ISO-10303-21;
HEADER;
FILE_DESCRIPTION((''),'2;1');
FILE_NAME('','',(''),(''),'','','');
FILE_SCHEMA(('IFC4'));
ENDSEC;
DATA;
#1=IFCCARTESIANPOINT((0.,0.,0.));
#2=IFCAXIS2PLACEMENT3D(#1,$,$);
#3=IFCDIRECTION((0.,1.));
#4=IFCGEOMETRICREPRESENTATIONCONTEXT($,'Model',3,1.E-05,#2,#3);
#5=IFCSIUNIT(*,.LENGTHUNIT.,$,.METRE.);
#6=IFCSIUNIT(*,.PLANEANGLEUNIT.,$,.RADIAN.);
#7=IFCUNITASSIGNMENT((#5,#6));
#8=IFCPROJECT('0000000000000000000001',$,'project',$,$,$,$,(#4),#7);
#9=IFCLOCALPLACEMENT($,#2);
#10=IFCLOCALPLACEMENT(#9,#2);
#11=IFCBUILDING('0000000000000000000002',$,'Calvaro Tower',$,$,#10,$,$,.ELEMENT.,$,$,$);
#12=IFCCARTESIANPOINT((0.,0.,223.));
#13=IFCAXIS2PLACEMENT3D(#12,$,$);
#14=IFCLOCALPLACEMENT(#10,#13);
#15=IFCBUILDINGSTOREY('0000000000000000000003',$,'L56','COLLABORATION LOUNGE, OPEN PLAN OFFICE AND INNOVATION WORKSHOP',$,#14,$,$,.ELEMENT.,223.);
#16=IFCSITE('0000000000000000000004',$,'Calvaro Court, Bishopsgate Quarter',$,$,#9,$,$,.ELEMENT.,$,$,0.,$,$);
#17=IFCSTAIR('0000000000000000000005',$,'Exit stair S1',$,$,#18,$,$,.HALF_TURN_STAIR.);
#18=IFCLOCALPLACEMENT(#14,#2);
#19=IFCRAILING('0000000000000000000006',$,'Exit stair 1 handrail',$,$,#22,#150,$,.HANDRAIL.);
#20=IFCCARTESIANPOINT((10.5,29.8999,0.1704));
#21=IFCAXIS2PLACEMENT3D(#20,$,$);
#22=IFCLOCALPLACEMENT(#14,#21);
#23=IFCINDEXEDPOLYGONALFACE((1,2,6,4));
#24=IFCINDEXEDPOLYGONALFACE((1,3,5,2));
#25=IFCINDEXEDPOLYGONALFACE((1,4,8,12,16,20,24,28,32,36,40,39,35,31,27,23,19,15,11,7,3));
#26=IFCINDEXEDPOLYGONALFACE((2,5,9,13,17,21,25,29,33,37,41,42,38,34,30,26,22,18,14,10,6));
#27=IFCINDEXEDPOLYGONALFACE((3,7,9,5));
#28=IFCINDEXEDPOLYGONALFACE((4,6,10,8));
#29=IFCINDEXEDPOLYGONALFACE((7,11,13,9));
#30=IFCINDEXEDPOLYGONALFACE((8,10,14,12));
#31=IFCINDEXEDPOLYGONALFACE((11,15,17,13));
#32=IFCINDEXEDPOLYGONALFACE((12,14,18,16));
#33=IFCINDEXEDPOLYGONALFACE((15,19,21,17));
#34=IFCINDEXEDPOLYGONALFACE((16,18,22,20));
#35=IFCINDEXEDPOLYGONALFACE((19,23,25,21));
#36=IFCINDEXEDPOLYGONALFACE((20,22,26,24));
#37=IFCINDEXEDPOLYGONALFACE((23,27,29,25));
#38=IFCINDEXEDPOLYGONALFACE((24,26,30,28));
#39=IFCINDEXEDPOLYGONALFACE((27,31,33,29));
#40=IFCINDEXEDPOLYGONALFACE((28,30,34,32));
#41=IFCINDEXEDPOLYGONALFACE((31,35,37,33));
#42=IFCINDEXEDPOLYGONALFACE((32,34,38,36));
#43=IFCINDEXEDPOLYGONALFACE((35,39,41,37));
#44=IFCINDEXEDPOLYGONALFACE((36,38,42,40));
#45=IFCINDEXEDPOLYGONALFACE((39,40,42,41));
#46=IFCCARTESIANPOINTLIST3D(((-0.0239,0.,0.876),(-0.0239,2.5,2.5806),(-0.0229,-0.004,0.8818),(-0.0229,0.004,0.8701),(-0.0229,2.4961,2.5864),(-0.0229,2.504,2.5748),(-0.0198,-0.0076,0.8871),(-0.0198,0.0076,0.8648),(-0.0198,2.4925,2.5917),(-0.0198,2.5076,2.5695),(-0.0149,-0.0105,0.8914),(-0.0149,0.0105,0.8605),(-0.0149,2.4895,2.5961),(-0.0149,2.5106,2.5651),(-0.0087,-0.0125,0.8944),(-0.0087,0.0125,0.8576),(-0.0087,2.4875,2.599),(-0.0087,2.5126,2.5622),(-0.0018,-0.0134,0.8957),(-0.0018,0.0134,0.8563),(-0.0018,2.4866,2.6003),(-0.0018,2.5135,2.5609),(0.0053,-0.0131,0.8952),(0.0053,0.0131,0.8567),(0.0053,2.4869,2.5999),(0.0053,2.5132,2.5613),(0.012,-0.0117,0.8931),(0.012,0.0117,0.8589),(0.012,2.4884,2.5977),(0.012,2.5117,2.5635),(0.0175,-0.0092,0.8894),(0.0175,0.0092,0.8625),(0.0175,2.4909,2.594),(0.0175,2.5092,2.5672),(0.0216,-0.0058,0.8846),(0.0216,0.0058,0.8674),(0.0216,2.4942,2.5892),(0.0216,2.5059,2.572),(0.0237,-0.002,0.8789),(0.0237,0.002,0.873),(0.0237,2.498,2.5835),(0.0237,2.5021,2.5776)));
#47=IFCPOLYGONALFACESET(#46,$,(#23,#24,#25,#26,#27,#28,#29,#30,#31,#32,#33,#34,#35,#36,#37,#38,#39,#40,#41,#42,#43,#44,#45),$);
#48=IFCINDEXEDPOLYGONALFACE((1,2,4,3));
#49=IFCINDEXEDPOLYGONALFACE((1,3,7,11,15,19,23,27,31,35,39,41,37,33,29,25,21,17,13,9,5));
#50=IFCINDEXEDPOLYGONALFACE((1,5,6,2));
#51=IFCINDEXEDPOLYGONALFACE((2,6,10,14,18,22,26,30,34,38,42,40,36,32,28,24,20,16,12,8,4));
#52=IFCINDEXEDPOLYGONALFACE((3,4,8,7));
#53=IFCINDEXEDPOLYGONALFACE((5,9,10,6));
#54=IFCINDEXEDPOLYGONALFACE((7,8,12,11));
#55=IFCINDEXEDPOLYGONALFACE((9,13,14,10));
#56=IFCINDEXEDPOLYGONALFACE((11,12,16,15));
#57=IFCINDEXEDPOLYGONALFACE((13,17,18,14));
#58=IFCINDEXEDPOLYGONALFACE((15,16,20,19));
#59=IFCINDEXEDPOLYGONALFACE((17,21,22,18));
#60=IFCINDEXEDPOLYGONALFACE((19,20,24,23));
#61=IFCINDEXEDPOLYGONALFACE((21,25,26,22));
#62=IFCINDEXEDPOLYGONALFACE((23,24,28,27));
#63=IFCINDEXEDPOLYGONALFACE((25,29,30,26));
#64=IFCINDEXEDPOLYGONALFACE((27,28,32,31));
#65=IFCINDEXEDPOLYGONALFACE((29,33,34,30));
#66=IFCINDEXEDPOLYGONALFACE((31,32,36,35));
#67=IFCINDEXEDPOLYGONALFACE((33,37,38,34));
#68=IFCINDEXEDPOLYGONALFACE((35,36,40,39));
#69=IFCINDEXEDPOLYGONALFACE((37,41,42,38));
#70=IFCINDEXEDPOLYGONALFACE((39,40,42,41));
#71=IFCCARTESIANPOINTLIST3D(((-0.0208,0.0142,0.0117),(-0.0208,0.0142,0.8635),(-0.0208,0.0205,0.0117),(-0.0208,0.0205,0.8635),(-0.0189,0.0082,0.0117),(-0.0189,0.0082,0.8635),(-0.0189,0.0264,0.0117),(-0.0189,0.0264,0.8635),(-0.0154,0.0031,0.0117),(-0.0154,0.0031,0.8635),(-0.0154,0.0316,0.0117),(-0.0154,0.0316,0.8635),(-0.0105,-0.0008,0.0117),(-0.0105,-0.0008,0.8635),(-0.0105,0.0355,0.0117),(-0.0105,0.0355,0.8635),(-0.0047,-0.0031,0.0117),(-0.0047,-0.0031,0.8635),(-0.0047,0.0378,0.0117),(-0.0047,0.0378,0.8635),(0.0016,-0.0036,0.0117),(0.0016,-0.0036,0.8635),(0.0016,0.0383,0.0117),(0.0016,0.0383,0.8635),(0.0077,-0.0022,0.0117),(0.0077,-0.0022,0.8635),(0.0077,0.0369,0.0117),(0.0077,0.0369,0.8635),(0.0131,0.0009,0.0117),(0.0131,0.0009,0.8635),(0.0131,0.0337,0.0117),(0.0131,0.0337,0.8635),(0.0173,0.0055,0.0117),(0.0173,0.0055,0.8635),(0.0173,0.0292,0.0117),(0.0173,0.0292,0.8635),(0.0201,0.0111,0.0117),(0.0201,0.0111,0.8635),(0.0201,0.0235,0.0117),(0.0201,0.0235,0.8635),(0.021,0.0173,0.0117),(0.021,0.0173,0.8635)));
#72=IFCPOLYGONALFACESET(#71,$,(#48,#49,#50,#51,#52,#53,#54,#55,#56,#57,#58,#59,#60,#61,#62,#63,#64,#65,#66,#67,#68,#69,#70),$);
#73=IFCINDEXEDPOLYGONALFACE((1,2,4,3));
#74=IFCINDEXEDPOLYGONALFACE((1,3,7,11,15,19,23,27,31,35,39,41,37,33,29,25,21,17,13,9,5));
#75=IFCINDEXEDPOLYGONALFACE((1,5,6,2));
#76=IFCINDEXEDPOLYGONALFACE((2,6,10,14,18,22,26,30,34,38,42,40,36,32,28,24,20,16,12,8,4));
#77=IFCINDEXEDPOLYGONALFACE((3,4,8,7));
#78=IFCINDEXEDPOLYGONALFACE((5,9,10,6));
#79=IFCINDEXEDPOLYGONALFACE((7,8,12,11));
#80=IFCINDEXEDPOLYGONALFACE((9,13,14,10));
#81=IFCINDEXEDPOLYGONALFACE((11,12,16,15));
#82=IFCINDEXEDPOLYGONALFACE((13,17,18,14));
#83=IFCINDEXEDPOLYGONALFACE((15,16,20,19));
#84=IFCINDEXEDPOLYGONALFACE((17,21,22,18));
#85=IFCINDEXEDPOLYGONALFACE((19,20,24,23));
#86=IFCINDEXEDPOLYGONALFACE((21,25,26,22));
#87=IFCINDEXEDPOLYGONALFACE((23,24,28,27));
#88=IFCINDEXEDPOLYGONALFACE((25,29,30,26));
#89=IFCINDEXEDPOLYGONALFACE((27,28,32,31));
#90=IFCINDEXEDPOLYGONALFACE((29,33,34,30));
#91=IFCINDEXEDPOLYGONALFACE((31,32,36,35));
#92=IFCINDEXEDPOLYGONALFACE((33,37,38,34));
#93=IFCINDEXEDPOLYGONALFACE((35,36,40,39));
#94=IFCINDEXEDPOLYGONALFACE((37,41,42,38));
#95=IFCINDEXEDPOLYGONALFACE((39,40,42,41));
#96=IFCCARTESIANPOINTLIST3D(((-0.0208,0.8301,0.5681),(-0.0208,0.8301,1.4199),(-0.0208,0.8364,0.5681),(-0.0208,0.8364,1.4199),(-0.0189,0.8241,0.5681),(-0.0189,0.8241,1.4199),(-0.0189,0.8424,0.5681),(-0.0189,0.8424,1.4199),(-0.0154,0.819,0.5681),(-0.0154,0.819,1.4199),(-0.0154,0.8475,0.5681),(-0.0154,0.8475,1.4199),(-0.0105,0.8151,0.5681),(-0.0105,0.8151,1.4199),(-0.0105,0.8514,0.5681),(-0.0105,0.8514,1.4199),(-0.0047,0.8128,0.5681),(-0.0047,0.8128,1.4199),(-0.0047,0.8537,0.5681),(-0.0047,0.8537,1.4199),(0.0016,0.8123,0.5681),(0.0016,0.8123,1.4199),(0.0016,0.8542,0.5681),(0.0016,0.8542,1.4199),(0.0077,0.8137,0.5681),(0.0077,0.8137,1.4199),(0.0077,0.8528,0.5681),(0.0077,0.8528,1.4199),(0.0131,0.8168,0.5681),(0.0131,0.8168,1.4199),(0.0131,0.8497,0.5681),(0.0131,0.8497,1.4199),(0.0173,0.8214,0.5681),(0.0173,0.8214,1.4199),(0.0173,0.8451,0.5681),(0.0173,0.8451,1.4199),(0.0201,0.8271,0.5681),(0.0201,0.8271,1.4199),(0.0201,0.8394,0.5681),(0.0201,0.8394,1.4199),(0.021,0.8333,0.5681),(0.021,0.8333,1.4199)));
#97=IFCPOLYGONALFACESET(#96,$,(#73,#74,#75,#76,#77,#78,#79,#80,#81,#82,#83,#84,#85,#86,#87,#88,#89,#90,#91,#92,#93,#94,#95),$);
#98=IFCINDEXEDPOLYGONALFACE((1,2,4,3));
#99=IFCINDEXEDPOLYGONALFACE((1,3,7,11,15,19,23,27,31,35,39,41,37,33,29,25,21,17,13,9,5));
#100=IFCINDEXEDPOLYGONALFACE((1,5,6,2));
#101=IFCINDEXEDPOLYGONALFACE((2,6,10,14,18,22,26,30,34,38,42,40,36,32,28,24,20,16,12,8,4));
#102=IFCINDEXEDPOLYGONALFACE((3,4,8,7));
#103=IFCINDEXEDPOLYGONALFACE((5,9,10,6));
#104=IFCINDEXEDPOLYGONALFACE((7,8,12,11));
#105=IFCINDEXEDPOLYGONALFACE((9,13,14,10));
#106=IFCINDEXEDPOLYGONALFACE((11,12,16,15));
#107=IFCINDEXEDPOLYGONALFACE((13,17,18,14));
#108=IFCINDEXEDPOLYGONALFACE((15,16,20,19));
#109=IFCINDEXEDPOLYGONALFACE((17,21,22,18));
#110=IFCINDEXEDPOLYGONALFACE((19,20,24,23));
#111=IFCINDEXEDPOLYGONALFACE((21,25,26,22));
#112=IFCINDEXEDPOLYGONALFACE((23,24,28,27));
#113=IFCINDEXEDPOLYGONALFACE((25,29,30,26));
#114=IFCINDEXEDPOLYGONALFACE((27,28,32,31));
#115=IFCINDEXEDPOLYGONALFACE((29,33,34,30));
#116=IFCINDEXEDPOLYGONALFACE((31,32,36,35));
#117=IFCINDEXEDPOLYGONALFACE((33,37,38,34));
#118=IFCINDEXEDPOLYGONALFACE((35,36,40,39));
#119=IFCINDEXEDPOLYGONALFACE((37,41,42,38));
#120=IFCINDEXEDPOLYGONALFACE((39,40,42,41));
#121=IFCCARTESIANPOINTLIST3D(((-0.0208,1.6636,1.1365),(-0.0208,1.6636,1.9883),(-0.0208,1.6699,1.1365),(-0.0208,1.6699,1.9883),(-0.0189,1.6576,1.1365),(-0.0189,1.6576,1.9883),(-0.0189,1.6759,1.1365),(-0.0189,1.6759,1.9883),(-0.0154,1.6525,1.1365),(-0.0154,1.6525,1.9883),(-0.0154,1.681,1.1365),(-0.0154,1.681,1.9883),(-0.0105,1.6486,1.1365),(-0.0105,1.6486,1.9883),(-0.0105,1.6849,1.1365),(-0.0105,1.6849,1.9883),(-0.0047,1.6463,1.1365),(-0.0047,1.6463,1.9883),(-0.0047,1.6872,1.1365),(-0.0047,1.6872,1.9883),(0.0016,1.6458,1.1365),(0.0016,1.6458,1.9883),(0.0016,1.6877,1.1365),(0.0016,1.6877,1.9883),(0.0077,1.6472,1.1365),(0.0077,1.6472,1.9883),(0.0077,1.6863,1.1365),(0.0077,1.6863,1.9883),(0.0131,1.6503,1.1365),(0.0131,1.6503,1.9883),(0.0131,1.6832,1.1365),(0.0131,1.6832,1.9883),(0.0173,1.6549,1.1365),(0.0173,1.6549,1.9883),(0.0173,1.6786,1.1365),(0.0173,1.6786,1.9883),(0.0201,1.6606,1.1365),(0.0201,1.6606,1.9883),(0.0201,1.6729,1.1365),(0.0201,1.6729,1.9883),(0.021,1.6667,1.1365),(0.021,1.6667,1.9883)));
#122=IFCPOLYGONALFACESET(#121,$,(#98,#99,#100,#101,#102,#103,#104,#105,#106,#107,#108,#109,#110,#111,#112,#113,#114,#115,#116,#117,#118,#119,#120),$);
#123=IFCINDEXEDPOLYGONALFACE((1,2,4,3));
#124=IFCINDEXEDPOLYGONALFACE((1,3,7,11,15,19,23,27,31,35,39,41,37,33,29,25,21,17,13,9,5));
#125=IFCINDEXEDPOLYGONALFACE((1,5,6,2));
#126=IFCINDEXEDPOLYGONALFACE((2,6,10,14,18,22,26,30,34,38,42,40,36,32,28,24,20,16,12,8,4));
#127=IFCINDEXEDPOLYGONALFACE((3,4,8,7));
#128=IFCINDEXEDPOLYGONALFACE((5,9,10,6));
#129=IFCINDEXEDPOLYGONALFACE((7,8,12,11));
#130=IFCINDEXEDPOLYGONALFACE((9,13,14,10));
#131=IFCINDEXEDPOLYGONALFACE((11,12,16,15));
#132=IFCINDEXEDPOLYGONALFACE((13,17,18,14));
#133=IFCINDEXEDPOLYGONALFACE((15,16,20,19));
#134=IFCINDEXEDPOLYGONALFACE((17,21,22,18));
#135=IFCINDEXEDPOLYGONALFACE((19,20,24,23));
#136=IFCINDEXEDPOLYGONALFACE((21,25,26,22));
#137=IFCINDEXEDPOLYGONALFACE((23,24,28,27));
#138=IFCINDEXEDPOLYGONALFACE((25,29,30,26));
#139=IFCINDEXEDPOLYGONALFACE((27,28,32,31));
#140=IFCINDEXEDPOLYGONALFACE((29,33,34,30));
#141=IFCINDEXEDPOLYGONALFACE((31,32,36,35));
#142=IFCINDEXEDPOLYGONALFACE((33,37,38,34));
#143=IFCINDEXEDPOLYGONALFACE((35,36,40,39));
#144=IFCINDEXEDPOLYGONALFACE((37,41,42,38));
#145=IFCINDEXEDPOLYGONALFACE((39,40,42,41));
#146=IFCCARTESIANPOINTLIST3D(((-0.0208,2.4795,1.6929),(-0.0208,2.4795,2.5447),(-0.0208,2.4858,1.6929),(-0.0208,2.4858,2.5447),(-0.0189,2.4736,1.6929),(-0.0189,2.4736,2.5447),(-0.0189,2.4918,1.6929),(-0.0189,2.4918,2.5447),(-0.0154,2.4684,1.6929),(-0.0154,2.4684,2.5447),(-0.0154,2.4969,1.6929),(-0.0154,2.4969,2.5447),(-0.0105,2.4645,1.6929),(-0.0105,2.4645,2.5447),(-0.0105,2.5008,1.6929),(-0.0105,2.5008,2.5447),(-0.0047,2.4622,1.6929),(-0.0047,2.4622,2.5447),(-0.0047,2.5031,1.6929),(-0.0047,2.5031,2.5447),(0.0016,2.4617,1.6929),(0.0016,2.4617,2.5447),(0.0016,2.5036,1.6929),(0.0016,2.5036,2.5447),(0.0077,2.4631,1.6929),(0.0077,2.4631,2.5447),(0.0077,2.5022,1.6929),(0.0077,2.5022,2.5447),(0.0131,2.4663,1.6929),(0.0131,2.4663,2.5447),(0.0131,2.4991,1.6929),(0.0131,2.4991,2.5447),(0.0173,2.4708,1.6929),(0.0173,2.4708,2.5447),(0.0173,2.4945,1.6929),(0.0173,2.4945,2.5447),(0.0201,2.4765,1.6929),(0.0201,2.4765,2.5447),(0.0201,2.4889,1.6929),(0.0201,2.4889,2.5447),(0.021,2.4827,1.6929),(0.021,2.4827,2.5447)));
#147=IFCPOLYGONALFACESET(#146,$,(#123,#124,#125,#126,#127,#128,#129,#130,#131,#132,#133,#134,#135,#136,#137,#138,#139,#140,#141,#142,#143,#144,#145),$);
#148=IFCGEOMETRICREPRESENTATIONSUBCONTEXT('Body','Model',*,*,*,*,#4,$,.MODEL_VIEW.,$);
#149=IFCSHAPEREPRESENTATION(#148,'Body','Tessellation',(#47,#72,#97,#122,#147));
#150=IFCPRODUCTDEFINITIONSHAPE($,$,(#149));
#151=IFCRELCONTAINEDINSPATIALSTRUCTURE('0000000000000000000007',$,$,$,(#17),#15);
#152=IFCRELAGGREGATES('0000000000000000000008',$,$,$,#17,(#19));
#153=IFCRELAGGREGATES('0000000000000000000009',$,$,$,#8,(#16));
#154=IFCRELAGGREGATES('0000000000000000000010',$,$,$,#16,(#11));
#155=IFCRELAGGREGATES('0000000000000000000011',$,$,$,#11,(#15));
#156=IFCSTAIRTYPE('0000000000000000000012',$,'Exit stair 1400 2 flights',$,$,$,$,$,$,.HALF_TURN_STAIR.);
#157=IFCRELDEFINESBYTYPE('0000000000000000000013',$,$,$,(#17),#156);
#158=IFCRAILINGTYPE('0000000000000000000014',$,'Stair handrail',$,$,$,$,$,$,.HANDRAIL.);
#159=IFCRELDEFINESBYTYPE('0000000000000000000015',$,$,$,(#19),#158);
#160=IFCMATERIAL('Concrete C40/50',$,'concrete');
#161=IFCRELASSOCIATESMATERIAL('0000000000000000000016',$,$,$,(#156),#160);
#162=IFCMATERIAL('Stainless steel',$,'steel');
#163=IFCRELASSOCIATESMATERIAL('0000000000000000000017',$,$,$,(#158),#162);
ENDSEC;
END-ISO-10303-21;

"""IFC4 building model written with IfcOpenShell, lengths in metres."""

from ifc_helpers import new_model, si_unit, direction, frame, origin, origin_2d, place, context, subcontext, project, spatial, circle, extrude, material, type_object, element, aggregate, save


model = new_model("IFC4")

# Units and contexts
model_context = context("Model", 3, precision=1e-05, world=origin(), true_north=direction((0.0, 1.0)))
body_context = subcontext(model_context, "Body", "Model", "MODEL_VIEW")
ifc_project = project(units=[si_unit("LENGTHUNIT", "METRE"), si_unit("PLANEANGLEUNIT", "RADIAN")], contexts=[model_context])

# Site, building, storey
site_placement = place(None, origin())
site = spatial("IfcSite", under=ifc_project, at=site_placement, Name="Calvaro Court, Bishopsgate Quarter", CompositionType="ELEMENT", RefElevation=0.0)
building_placement = place(site_placement, origin())
building = spatial("IfcBuilding", under=site, at=building_placement, Name="Calvaro Tower", CompositionType="ELEMENT")
storey_placement = place(building_placement, frame((0.0, 0.0, 223.0)))
storey = spatial("IfcBuildingStorey", under=building, at=storey_placement, Name="L56", Description="COLLABORATION LOUNGE, OPEN PLAN OFFICE AND INNOVATION WORKSHOP", CompositionType="ELEMENT", Elevation=223.0)

# Stair, railing
ifc_material_1 = material(Name="Concrete C40/50", Category="concrete")
stair_type = type_object("IfcStairType", Name="Exit stair 1400 2 flights", PredefinedType="HALF_TURN_STAIR", material=ifc_material_1)
stair_placement = place(storey_placement, origin())
stair = element("IfcStair", 1, at=stair_placement, inside=storey, type_object=stair_type, Name="Exit stair S1", PredefinedType="HALF_TURN_STAIR")
ifc_material_2 = material(Name="Stainless steel", Category="steel")
railing_type = type_object("IfcRailingType", Name="Stair handrail", PredefinedType="HANDRAIL", material=ifc_material_2)
railing_1_placement = place(storey_placement, frame((10.5, 29.8999, 0.1704)))
railing_1 = element("IfcRailing", 2, at=railing_1_placement, type_object=railing_type, Name="Exit stair 1 handrail", PredefinedType="HANDRAIL", context=body_context, shape_type="SweptSolid", body=[
    extrude(circle(Radius=0.0239, at=origin_2d()), frame((0.0, 0.0, 0.876), z_axis=(0.0, 0.826221, 0.563347), x_axis=(-1.0, 0.0, 0.0)), (0.0, 0.0, 1.0), 3.0259),
    extrude(circle(Radius=0.021, at=origin_2d()), frame((0.0, 0.0173, 0.0117)), (0.0, 0.0, 1.0), 0.8518),
    extrude(circle(Radius=0.021, at=origin_2d()), frame((0.0, 0.8333, 0.5681)), (0.0, 0.0, 1.0), 0.8518),
    extrude(circle(Radius=0.021, at=origin_2d()), frame((0.0, 1.6667, 1.1365)), (0.0, 0.0, 1.0), 0.8518),
    extrude(circle(Radius=0.021, at=origin_2d()), frame((0.0, 2.4827, 1.6929)), (0.0, 0.0, 1.0), 0.8518),
])
aggregate(stair, [railing_1])

save(model, "model.ifc")
